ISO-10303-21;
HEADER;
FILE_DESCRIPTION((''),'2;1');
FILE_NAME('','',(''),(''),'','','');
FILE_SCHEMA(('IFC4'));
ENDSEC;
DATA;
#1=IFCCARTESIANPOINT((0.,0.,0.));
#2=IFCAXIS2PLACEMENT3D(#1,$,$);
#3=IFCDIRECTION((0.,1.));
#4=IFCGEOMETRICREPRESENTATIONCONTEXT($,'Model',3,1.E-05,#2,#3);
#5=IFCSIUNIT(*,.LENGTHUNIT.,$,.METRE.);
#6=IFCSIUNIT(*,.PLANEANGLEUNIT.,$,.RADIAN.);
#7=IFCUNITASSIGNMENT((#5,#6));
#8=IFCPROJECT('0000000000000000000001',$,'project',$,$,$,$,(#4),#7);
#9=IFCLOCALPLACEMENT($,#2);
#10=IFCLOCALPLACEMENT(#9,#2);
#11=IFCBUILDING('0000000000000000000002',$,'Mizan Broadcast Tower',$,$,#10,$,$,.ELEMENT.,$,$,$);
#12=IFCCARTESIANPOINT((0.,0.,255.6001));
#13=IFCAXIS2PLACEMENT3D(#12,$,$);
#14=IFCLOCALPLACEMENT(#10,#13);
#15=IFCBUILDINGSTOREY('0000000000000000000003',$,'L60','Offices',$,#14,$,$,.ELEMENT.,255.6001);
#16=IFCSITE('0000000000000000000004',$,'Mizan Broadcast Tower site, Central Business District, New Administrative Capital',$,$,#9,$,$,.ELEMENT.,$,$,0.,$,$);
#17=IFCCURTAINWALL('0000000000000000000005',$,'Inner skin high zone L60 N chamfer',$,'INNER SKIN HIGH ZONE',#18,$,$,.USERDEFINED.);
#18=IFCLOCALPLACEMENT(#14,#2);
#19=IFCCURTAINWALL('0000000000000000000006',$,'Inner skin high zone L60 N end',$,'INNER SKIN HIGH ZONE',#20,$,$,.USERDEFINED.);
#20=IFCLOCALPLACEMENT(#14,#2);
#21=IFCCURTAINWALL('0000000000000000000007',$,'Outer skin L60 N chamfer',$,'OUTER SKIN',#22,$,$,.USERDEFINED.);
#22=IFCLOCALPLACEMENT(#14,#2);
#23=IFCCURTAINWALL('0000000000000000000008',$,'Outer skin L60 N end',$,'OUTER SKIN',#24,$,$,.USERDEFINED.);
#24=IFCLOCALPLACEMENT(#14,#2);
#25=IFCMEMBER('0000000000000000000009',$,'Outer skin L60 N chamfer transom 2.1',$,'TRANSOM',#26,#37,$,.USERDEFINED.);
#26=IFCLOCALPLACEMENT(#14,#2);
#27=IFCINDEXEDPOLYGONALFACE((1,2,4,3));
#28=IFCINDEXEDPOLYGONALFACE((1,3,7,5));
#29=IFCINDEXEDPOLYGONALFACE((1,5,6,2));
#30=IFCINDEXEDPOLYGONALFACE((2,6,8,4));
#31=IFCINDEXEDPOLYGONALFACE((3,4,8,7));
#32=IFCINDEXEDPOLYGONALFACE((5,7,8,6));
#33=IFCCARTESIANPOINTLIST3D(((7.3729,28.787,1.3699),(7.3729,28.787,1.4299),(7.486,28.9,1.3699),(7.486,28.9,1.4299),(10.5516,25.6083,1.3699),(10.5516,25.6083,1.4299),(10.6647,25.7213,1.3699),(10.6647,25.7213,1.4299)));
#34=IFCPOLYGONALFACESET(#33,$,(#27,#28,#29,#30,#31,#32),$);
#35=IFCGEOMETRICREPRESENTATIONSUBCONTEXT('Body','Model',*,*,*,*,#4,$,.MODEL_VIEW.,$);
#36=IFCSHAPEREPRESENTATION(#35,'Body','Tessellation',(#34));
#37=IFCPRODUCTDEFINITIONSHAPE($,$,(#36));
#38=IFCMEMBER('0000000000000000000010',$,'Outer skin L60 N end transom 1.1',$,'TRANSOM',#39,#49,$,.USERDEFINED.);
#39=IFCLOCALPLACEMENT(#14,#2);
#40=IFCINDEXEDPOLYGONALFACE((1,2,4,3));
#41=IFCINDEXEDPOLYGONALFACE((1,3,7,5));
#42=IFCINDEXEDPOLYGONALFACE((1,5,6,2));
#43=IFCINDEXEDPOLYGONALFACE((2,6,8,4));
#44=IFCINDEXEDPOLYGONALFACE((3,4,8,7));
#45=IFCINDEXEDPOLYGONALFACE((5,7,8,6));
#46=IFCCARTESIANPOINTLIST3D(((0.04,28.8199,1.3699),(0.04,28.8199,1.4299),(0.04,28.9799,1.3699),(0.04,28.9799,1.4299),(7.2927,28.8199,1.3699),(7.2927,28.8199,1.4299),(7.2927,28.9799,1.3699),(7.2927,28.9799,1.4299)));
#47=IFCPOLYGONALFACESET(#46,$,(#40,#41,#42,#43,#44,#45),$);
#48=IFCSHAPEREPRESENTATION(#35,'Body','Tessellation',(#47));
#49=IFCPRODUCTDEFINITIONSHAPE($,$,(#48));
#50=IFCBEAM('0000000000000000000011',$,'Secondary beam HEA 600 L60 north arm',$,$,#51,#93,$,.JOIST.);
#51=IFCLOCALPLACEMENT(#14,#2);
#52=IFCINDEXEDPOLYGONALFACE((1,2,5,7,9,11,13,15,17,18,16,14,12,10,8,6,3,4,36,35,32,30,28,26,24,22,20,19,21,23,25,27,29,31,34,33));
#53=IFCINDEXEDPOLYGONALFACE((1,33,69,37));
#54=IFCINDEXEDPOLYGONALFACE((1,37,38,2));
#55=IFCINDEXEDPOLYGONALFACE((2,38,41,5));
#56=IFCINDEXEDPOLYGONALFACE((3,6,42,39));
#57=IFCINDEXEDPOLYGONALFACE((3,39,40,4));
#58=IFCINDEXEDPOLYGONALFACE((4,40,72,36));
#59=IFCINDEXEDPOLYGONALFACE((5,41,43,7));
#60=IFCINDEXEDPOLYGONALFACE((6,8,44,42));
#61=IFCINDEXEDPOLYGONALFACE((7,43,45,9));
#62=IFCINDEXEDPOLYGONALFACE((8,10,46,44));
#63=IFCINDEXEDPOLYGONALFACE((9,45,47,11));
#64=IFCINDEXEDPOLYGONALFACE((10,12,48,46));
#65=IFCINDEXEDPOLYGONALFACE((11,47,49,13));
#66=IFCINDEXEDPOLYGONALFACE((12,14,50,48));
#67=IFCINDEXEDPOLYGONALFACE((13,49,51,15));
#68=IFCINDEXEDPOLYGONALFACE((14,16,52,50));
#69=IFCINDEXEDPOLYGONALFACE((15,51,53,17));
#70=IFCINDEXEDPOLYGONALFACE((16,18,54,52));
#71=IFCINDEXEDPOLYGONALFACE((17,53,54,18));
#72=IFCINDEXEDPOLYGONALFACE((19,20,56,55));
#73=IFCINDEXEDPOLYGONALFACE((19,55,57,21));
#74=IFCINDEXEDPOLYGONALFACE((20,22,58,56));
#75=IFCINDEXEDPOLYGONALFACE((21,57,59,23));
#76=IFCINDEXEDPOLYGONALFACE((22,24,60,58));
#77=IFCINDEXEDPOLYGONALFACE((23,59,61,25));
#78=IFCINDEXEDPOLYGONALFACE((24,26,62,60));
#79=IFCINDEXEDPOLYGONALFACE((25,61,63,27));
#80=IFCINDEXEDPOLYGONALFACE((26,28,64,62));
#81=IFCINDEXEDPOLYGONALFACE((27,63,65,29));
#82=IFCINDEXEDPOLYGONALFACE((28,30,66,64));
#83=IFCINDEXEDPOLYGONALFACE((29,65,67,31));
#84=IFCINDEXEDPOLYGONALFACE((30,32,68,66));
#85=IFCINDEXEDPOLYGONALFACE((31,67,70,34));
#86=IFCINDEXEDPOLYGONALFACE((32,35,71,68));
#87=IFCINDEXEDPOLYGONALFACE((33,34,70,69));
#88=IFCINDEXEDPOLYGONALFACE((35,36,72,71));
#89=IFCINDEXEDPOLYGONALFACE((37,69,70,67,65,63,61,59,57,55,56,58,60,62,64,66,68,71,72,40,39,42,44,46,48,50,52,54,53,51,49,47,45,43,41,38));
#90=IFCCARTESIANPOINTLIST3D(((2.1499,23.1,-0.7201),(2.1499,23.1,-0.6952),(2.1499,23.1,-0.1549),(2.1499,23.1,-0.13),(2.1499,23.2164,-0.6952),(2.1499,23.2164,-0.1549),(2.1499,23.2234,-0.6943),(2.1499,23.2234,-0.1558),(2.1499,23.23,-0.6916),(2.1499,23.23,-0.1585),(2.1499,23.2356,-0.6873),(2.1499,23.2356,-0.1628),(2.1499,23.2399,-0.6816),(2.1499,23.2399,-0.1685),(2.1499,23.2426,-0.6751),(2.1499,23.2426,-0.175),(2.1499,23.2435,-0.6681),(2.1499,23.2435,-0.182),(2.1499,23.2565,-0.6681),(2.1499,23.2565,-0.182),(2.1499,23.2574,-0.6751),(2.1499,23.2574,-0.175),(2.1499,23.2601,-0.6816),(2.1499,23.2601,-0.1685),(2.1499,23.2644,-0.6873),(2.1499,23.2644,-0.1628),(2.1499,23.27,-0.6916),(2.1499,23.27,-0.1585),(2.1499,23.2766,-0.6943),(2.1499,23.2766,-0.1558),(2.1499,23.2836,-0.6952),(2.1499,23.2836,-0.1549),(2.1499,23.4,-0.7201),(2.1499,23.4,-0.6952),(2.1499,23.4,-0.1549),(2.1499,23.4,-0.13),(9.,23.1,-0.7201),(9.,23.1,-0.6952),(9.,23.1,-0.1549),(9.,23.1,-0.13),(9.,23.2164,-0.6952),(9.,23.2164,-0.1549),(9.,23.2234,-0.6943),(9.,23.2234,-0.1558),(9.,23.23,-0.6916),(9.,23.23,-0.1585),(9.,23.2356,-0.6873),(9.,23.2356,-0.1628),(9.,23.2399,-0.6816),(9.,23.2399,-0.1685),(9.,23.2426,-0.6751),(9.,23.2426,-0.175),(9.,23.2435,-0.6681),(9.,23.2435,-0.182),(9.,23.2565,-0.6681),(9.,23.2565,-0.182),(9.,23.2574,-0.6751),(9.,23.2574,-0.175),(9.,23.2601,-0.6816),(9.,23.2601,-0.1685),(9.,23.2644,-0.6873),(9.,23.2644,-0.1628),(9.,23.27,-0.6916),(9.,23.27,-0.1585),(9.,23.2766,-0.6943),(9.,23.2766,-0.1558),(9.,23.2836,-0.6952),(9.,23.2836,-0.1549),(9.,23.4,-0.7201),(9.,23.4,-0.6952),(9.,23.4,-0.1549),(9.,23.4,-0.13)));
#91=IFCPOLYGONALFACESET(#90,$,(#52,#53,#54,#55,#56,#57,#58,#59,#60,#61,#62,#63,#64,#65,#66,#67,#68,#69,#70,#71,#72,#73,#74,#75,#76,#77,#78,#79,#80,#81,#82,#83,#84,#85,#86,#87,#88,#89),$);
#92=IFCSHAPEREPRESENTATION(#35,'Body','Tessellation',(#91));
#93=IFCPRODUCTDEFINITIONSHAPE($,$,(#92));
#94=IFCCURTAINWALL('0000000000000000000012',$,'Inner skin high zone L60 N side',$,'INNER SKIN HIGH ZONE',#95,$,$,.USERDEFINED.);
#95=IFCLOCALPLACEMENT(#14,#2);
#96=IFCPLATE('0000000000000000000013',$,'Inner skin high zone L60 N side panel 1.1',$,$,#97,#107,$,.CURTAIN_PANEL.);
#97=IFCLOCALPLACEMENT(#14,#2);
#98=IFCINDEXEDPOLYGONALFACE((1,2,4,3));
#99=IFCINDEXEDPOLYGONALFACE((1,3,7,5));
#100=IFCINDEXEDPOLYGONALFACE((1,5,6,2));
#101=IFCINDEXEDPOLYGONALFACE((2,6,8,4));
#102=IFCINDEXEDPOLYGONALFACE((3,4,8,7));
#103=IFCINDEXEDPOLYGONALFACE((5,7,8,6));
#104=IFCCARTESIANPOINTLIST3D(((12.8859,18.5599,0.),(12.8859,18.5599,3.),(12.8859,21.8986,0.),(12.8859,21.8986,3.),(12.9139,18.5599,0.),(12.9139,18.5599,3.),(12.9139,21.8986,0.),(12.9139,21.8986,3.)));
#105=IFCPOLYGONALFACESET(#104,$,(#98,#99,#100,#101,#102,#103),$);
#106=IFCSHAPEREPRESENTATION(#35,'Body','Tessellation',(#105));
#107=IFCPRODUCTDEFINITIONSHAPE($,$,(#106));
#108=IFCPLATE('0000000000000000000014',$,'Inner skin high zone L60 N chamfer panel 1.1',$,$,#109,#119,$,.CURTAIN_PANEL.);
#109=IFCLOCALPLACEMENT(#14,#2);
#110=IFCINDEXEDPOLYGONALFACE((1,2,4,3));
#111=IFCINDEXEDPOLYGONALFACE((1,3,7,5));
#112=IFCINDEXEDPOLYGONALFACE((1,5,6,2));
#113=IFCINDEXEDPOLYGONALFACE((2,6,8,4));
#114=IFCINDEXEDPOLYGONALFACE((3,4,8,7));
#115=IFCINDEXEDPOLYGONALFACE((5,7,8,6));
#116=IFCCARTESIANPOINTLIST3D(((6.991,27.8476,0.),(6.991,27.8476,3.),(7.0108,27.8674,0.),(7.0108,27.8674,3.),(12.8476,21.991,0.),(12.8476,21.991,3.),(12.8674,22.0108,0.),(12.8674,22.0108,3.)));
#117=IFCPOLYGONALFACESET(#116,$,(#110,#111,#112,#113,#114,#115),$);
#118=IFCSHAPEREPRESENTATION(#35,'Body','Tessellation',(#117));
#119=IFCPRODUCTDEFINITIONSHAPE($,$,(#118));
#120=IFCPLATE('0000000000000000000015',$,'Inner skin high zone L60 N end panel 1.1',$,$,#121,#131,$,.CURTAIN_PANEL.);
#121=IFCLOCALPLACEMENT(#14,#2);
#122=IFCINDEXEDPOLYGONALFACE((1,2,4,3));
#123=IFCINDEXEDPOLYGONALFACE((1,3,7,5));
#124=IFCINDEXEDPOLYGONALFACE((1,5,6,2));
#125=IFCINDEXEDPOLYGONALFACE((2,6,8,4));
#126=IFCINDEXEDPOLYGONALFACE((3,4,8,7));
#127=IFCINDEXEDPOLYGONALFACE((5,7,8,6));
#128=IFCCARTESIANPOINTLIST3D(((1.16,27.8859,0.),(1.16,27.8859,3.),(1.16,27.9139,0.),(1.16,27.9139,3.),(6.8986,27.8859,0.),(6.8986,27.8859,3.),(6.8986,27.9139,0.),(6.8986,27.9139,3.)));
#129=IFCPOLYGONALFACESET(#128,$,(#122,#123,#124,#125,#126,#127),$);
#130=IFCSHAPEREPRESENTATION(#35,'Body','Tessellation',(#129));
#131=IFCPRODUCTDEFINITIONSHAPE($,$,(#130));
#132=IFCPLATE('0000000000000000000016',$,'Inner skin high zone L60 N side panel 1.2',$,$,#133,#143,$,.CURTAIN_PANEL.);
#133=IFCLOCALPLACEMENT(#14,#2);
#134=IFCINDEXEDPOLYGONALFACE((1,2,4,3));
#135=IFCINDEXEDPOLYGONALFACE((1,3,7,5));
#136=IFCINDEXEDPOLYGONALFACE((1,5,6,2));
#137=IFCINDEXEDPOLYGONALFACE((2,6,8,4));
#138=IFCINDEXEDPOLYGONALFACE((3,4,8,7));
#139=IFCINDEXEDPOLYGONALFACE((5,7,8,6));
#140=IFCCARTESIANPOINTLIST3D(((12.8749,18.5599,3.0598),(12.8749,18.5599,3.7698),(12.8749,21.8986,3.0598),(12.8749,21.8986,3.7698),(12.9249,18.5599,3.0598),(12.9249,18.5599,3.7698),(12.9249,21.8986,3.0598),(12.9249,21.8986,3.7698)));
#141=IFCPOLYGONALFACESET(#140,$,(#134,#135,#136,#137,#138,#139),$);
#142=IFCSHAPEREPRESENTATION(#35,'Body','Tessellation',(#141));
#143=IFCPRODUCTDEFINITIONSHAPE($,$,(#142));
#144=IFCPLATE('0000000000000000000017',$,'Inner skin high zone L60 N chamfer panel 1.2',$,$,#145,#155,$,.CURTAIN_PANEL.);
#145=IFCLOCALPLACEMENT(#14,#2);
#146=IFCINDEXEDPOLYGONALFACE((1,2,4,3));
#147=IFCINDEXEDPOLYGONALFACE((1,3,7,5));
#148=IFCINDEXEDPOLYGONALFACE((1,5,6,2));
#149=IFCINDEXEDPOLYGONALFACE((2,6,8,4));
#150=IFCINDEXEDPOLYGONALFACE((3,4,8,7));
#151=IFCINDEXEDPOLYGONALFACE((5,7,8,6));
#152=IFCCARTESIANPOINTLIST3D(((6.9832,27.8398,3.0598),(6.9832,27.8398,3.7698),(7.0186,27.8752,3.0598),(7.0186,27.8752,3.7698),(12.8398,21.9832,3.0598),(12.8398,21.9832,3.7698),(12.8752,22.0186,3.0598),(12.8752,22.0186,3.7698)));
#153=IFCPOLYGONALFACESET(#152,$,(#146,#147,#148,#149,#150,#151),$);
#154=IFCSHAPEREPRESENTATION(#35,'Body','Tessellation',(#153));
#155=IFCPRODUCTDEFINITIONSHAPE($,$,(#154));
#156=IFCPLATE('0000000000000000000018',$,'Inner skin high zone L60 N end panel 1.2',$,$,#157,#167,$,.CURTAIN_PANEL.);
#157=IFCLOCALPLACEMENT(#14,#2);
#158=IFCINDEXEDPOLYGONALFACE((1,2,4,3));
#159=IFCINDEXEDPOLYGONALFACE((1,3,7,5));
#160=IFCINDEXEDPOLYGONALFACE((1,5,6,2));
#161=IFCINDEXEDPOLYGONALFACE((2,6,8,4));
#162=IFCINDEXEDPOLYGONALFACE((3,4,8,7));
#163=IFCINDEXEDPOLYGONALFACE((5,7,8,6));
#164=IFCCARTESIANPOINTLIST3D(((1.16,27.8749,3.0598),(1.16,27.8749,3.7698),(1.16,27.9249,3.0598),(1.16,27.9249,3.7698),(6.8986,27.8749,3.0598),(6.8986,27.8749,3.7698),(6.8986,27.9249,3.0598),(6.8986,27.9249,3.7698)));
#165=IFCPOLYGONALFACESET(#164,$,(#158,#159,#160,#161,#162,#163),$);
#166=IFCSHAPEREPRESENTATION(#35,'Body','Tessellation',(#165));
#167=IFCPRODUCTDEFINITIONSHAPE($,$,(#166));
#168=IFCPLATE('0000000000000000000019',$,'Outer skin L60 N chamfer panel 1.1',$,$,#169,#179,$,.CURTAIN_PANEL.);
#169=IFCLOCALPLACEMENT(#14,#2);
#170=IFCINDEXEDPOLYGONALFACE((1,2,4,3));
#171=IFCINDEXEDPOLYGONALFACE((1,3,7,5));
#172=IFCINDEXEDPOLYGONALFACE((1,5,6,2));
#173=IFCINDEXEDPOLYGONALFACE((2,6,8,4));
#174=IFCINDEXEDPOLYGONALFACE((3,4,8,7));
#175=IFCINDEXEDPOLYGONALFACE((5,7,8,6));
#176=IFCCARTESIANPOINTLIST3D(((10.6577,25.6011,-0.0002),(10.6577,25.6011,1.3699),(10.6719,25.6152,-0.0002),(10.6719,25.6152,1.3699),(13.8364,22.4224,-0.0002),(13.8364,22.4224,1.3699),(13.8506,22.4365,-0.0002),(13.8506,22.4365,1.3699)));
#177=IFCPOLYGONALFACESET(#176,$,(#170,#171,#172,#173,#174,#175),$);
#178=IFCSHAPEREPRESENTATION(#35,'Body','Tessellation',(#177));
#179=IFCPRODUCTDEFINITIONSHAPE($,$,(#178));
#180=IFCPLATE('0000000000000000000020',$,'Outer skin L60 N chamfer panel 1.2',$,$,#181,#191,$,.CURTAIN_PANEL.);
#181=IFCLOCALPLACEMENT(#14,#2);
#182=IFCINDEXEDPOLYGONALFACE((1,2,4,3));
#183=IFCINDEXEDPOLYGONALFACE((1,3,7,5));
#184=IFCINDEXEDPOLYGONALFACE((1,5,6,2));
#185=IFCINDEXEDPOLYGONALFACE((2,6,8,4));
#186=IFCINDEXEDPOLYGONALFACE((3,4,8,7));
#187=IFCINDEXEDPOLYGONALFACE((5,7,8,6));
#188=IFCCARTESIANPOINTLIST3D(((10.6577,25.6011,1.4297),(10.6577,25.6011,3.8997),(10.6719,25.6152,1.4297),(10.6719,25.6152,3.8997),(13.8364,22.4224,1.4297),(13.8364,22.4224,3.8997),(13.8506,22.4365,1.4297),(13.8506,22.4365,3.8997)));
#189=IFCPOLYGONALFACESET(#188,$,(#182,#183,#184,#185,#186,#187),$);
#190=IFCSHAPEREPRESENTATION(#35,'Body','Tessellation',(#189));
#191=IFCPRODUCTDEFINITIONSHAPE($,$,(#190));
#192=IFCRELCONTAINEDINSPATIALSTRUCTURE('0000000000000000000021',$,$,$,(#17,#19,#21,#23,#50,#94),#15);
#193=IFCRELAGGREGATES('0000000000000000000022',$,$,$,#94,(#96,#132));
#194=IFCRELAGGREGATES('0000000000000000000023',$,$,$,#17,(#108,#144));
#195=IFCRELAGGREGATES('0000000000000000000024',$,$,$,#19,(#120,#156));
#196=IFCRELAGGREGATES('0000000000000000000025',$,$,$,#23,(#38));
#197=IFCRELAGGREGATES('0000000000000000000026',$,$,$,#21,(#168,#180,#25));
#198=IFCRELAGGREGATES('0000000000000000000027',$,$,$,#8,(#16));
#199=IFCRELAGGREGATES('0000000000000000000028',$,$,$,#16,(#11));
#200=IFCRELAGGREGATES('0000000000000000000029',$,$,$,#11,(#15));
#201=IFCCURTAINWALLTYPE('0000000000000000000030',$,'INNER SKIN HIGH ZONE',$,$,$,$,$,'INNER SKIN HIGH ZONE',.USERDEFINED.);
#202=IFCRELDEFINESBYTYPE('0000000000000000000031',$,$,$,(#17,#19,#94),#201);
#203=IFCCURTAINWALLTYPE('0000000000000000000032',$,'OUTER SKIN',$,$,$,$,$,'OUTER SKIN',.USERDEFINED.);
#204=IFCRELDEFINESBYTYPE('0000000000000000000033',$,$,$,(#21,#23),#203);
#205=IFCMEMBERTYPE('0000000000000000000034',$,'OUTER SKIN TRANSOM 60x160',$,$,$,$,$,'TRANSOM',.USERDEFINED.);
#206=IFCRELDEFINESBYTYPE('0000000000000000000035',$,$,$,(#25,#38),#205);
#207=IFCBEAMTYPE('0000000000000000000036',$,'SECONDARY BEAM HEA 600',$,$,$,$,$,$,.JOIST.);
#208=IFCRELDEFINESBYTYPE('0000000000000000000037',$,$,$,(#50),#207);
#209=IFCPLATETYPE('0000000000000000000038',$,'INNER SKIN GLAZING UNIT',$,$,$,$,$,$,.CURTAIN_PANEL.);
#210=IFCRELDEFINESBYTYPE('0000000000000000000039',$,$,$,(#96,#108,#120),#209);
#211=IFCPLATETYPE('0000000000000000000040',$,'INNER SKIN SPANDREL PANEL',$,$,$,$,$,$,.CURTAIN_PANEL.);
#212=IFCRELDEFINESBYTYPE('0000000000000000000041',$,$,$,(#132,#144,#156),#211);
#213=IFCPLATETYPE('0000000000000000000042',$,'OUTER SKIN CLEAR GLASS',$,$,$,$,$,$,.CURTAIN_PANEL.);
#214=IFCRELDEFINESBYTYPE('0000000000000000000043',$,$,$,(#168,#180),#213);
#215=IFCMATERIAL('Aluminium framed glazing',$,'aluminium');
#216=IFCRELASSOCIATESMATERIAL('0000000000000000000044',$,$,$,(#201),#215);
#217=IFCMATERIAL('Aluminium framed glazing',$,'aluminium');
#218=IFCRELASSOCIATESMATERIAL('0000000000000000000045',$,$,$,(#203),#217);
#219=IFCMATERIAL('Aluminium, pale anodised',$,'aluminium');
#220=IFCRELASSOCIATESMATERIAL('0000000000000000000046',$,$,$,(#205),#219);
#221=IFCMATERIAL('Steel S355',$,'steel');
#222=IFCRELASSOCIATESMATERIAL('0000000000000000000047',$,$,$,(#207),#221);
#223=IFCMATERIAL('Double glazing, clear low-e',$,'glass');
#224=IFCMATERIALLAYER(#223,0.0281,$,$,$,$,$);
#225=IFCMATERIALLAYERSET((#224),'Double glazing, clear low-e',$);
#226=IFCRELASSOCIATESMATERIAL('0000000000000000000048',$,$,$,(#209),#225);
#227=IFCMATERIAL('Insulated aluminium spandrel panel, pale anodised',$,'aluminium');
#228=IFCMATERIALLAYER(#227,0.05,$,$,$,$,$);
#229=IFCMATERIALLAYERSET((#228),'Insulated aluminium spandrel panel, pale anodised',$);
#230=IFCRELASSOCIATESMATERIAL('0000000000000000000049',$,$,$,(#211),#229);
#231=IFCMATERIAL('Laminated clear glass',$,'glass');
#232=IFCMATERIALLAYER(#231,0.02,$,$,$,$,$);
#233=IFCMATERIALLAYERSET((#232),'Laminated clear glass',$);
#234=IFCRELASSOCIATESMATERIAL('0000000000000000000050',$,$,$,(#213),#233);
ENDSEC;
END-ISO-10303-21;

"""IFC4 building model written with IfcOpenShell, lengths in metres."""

from ifc_helpers import new_model, si_unit, direction, frame, origin, origin_2d, place, context, subcontext, project, spatial, rectangle, i_section, extrude, material, layer, layer_set, material_profile, profile_set, type_object, element, aggregate, save


model = new_model("IFC4")

# Units and contexts
model_context = context("Model", 3, precision=1e-05, world=origin(), true_north=direction((0.0, 1.0)))
body_context = subcontext(model_context, "Body", "Model", "MODEL_VIEW")
ifc_project = project(units=[si_unit("LENGTHUNIT", "METRE"), si_unit("PLANEANGLEUNIT", "RADIAN")], contexts=[model_context])

# Site, building, storey
site_placement = place(None, origin())
site = spatial("IfcSite", under=ifc_project, at=site_placement, Name="Mizan Broadcast Tower site, Central Business District, New Administrative Capital", CompositionType="ELEMENT", RefElevation=0.0)
building_placement = place(site_placement, origin())
building = spatial("IfcBuilding", under=site, at=building_placement, Name="Mizan Broadcast Tower", CompositionType="ELEMENT")
storey_placement = place(building_placement, frame((0.0, 0.0, 255.6001)))
storey = spatial("IfcBuildingStorey", under=building, at=storey_placement, Name="L60", Description="Offices", CompositionType="ELEMENT", Elevation=255.6001)

# Curtain walls
ifc_material_1 = material(Name="Aluminium framed glazing", Category="aluminium")
curtain_wall_type_1 = type_object("IfcCurtainWallType", Name="INNER SKIN HIGH ZONE", ElementType="INNER SKIN HIGH ZONE", PredefinedType="USERDEFINED", material=ifc_material_1)
curtain_wall_1_placement = place(storey_placement, origin())
curtain_wall_1 = element("IfcCurtainWall", 1, at=curtain_wall_1_placement, inside=storey, type_object=curtain_wall_type_1, Name="Inner skin high zone L60 N chamfer", ObjectType="INNER SKIN HIGH ZONE", PredefinedType="USERDEFINED")
curtain_wall_2_placement = place(storey_placement, origin())
curtain_wall_2 = element("IfcCurtainWall", 2, at=curtain_wall_2_placement, inside=storey, type_object=curtain_wall_type_1, Name="Inner skin high zone L60 N end", ObjectType="INNER SKIN HIGH ZONE", PredefinedType="USERDEFINED")

# Curtain wall
ifc_material_2 = material(Name="Aluminium framed glazing", Category="aluminium")
curtain_wall_type_2 = type_object("IfcCurtainWallType", Name="OUTER SKIN", ElementType="OUTER SKIN", PredefinedType="USERDEFINED", material=ifc_material_2)
curtain_wall_3_placement = place(storey_placement, origin())
curtain_wall_3 = element("IfcCurtainWall", 3, at=curtain_wall_3_placement, inside=storey, type_object=curtain_wall_type_2, Name="Outer skin L60 N chamfer", ObjectType="OUTER SKIN", PredefinedType="USERDEFINED")

# Curtain wall
curtain_wall_4_placement = place(storey_placement, origin())
curtain_wall_4 = element("IfcCurtainWall", 4, at=curtain_wall_4_placement, inside=storey, type_object=curtain_wall_type_2, Name="Outer skin L60 N end", ObjectType="OUTER SKIN", PredefinedType="USERDEFINED")

# Members
ifc_material_3 = material(Name="Aluminium, pale anodised", Category="aluminium")
ifc_material_profile_1 = material_profile(ifc_material_3, rectangle(XDim=0.1599, YDim=0.0601, at=origin_2d()), Name="TRANSOM 160x60")
ifc_profile_set_1 = profile_set([ifc_material_profile_1], Name="Aluminium, pale anodised")
member_type_1 = type_object("IfcMemberType", Name="OUTER SKIN TRANSOM 60x160", ElementType="TRANSOM", PredefinedType="USERDEFINED", material=ifc_profile_set_1)
member_1_placement = place(storey_placement, frame((10.6082, 25.6648, 1.3999), z_axis=(-0.707107, 0.707107, 0.0), x_axis=(-0.707107, -0.707107, 0.0)))
member_1 = element("IfcMember", 5, at=member_1_placement, type_object=member_type_1, Name="Outer skin L60 N chamfer transom 2.1", ObjectType="TRANSOM", PredefinedType="USERDEFINED", context=body_context, shape_type="SweptSolid", body=[
    extrude(rectangle(XDim=0.1599, YDim=0.0601, at=origin_2d()), origin(), (0.0, 0.0, 1.0), 4.4954),
])
member_2_placement = place(storey_placement, frame((7.2927, 28.8999, 1.3999), z_axis=(-1.0, 0.0, 0.0), x_axis=(0.0, -1.0, 0.0)))
member_2 = element("IfcMember", 6, at=member_2_placement, type_object=member_type_1, Name="Outer skin L60 N end transom 1.1", ObjectType="TRANSOM", PredefinedType="USERDEFINED", context=body_context, shape_type="SweptSolid", body=[
    extrude(rectangle(XDim=0.1599, YDim=0.0601, at=origin_2d()), origin(), (0.0, 0.0, 1.0), 7.2527),
])

# Beam
ifc_material_4 = material(Name="Steel S355", Category="steel")
ifc_material_profile_2 = material_profile(ifc_material_4, i_section(OverallWidth=0.3, OverallDepth=0.5901, WebThickness=0.0129, FlangeThickness=0.0249, FilletRadius=0.0271, at=origin_2d()), Name="HEA 600")
ifc_profile_set_2 = profile_set([ifc_material_profile_2], Name="Steel S355")
beam_type_1 = type_object("IfcBeamType", Name="SECONDARY BEAM HEA 600", PredefinedType="JOIST", material=ifc_profile_set_2)
beam_1_placement = place(storey_placement, frame((9.0, 23.25, -0.425), z_axis=(-1.0, 0.0, 0.0), x_axis=(0.0, -1.0, 0.0)))
element("IfcBeam", 7, at=beam_1_placement, inside=storey, type_object=beam_type_1, Name="Secondary beam HEA 600 L60 north arm", PredefinedType="JOIST", context=body_context, shape_type="SweptSolid", body=[
    extrude(i_section(OverallWidth=0.3, OverallDepth=0.5901, WebThickness=0.0129, FlangeThickness=0.0249, FilletRadius=0.0271, at=origin_2d()), origin(), (0.0, 0.0, 1.0), 6.8501),
])

# Curtain wall, plate
curtain_wall_5_placement = place(storey_placement, origin())
curtain_wall_5 = element("IfcCurtainWall", 8, at=curtain_wall_5_placement, inside=storey, type_object=curtain_wall_type_1, Name="Inner skin high zone L60 N side", ObjectType="INNER SKIN HIGH ZONE", PredefinedType="USERDEFINED")
ifc_material_5 = material(Name="Double glazing, clear low-e", Category="glass")
ifc_layer_1 = layer(ifc_material_5, 0.0281)
ifc_layer_set_1 = layer_set([ifc_layer_1], Name="Double glazing, clear low-e")
plate_type_1 = type_object("IfcPlateType", Name="INNER SKIN GLAZING UNIT", PredefinedType="CURTAIN_PANEL", material=ifc_layer_set_1)
plate_1_placement = place(storey_placement, frame((12.8999, 20.2292, 0.0), z_axis=(0.0, 0.0, 1.0), x_axis=(0.0, 1.0, 0.0)))
plate_1 = element("IfcPlate", 9, at=plate_1_placement, type_object=plate_type_1, Name="Inner skin high zone L60 N side panel 1.1", PredefinedType="CURTAIN_PANEL", context=body_context, shape_type="SweptSolid", body=[
    extrude(rectangle(XDim=3.3386, YDim=0.0281, at=origin_2d()), origin(), (0.0, 0.0, 1.0), 3.0),
])

# Plates
plate_2_placement = place(storey_placement, frame((9.9292, 24.9292, 0.0), z_axis=(0.0, 0.0, 1.0), x_axis=(-0.707107, 0.707107, 0.0)))
plate_2 = element("IfcPlate", 10, at=plate_2_placement, type_object=plate_type_1, Name="Inner skin high zone L60 N chamfer panel 1.1", PredefinedType="CURTAIN_PANEL", context=body_context, shape_type="SweptSolid", body=[
    extrude(rectangle(XDim=8.2825, YDim=0.0281, at=origin_2d()), origin(), (0.0, 0.0, 1.0), 3.0),
])
plate_3_placement = place(storey_placement, frame((4.0293, 27.8999, 0.0), z_axis=(0.0, 0.0, 1.0), x_axis=(-1.0, 0.0, 0.0)))
plate_3 = element("IfcPlate", 11, at=plate_3_placement, type_object=plate_type_1, Name="Inner skin high zone L60 N end panel 1.1", PredefinedType="CURTAIN_PANEL", context=body_context, shape_type="SweptSolid", body=[
    extrude(rectangle(XDim=5.7385, YDim=0.0281, at=origin_2d()), origin(), (0.0, 0.0, 1.0), 3.0),
])
ifc_material_6 = material(Name="Insulated aluminium spandrel panel, pale anodised", Category="aluminium")
ifc_layer_2 = layer(ifc_material_6, 0.05)
ifc_layer_set_2 = layer_set([ifc_layer_2], Name="Insulated aluminium spandrel panel, pale anodised")
plate_type_2 = type_object("IfcPlateType", Name="INNER SKIN SPANDREL PANEL", PredefinedType="CURTAIN_PANEL", material=ifc_layer_set_2)
plate_4_placement = place(storey_placement, frame((12.8999, 20.2292, 3.0598), z_axis=(0.0, 0.0, 1.0), x_axis=(0.0, 1.0, 0.0)))
plate_4 = element("IfcPlate", 12, at=plate_4_placement, type_object=plate_type_2, Name="Inner skin high zone L60 N side panel 1.2", PredefinedType="CURTAIN_PANEL", context=body_context, shape_type="SweptSolid", body=[
    extrude(rectangle(XDim=3.3386, YDim=0.05, at=origin_2d()), origin(), (0.0, 0.0, 1.0), 0.71),
])
aggregate(curtain_wall_5, [plate_1, plate_4])
plate_5_placement = place(storey_placement, frame((9.9292, 24.9292, 3.0598), z_axis=(0.0, 0.0, 1.0), x_axis=(-0.707107, 0.707107, 0.0)))
plate_5 = element("IfcPlate", 13, at=plate_5_placement, type_object=plate_type_2, Name="Inner skin high zone L60 N chamfer panel 1.2", PredefinedType="CURTAIN_PANEL", context=body_context, shape_type="SweptSolid", body=[
    extrude(rectangle(XDim=8.2825, YDim=0.05, at=origin_2d()), origin(), (0.0, 0.0, 1.0), 0.71),
])
aggregate(curtain_wall_1, [plate_2, plate_5])
plate_6_placement = place(storey_placement, frame((4.0293, 27.8999, 3.0598), z_axis=(0.0, 0.0, 1.0), x_axis=(-1.0, 0.0, 0.0)))
plate_6 = element("IfcPlate", 14, at=plate_6_placement, type_object=plate_type_2, Name="Inner skin high zone L60 N end panel 1.2", PredefinedType="CURTAIN_PANEL", context=body_context, shape_type="SweptSolid", body=[
    extrude(rectangle(XDim=5.7385, YDim=0.05, at=origin_2d()), origin(), (0.0, 0.0, 1.0), 0.71),
])
aggregate(curtain_wall_2, [plate_3, plate_6])
ifc_material_7 = material(Name="Laminated clear glass", Category="glass")
ifc_layer_3 = layer(ifc_material_7, 0.02)
ifc_layer_set_3 = layer_set([ifc_layer_3], Name="Laminated clear glass")
plate_type_3 = type_object("IfcPlateType", Name="OUTER SKIN CLEAR GLASS", PredefinedType="CURTAIN_PANEL", material=ifc_layer_set_3)
plate_7_placement = place(storey_placement, frame((12.2542, 24.0188, -0.0002), z_axis=(0.0, 0.0, 1.0), x_axis=(-0.707107, 0.707107, 0.0)))
plate_7 = element("IfcPlate", 15, at=plate_7_placement, type_object=plate_type_3, Name="Outer skin L60 N chamfer panel 1.1", PredefinedType="CURTAIN_PANEL", context=body_context, shape_type="SweptSolid", body=[
    extrude(rectangle(XDim=4.4954, YDim=0.02, at=origin_2d()), origin(), (0.0, 0.0, 1.0), 1.3701),
])
plate_8_placement = place(storey_placement, frame((12.2542, 24.0188, 1.4297), z_axis=(0.0, 0.0, 1.0), x_axis=(-0.707107, 0.707107, 0.0)))
plate_8 = element("IfcPlate", 16, at=plate_8_placement, type_object=plate_type_3, Name="Outer skin L60 N chamfer panel 1.2", PredefinedType="CURTAIN_PANEL", context=body_context, shape_type="SweptSolid", body=[
    extrude(rectangle(XDim=4.4954, YDim=0.02, at=origin_2d()), origin(), (0.0, 0.0, 1.0), 2.47),
])
aggregate(curtain_wall_4, [member_2])
aggregate(curtain_wall_3, [plate_7, plate_8, member_1])

save(model, "model.ifc")
